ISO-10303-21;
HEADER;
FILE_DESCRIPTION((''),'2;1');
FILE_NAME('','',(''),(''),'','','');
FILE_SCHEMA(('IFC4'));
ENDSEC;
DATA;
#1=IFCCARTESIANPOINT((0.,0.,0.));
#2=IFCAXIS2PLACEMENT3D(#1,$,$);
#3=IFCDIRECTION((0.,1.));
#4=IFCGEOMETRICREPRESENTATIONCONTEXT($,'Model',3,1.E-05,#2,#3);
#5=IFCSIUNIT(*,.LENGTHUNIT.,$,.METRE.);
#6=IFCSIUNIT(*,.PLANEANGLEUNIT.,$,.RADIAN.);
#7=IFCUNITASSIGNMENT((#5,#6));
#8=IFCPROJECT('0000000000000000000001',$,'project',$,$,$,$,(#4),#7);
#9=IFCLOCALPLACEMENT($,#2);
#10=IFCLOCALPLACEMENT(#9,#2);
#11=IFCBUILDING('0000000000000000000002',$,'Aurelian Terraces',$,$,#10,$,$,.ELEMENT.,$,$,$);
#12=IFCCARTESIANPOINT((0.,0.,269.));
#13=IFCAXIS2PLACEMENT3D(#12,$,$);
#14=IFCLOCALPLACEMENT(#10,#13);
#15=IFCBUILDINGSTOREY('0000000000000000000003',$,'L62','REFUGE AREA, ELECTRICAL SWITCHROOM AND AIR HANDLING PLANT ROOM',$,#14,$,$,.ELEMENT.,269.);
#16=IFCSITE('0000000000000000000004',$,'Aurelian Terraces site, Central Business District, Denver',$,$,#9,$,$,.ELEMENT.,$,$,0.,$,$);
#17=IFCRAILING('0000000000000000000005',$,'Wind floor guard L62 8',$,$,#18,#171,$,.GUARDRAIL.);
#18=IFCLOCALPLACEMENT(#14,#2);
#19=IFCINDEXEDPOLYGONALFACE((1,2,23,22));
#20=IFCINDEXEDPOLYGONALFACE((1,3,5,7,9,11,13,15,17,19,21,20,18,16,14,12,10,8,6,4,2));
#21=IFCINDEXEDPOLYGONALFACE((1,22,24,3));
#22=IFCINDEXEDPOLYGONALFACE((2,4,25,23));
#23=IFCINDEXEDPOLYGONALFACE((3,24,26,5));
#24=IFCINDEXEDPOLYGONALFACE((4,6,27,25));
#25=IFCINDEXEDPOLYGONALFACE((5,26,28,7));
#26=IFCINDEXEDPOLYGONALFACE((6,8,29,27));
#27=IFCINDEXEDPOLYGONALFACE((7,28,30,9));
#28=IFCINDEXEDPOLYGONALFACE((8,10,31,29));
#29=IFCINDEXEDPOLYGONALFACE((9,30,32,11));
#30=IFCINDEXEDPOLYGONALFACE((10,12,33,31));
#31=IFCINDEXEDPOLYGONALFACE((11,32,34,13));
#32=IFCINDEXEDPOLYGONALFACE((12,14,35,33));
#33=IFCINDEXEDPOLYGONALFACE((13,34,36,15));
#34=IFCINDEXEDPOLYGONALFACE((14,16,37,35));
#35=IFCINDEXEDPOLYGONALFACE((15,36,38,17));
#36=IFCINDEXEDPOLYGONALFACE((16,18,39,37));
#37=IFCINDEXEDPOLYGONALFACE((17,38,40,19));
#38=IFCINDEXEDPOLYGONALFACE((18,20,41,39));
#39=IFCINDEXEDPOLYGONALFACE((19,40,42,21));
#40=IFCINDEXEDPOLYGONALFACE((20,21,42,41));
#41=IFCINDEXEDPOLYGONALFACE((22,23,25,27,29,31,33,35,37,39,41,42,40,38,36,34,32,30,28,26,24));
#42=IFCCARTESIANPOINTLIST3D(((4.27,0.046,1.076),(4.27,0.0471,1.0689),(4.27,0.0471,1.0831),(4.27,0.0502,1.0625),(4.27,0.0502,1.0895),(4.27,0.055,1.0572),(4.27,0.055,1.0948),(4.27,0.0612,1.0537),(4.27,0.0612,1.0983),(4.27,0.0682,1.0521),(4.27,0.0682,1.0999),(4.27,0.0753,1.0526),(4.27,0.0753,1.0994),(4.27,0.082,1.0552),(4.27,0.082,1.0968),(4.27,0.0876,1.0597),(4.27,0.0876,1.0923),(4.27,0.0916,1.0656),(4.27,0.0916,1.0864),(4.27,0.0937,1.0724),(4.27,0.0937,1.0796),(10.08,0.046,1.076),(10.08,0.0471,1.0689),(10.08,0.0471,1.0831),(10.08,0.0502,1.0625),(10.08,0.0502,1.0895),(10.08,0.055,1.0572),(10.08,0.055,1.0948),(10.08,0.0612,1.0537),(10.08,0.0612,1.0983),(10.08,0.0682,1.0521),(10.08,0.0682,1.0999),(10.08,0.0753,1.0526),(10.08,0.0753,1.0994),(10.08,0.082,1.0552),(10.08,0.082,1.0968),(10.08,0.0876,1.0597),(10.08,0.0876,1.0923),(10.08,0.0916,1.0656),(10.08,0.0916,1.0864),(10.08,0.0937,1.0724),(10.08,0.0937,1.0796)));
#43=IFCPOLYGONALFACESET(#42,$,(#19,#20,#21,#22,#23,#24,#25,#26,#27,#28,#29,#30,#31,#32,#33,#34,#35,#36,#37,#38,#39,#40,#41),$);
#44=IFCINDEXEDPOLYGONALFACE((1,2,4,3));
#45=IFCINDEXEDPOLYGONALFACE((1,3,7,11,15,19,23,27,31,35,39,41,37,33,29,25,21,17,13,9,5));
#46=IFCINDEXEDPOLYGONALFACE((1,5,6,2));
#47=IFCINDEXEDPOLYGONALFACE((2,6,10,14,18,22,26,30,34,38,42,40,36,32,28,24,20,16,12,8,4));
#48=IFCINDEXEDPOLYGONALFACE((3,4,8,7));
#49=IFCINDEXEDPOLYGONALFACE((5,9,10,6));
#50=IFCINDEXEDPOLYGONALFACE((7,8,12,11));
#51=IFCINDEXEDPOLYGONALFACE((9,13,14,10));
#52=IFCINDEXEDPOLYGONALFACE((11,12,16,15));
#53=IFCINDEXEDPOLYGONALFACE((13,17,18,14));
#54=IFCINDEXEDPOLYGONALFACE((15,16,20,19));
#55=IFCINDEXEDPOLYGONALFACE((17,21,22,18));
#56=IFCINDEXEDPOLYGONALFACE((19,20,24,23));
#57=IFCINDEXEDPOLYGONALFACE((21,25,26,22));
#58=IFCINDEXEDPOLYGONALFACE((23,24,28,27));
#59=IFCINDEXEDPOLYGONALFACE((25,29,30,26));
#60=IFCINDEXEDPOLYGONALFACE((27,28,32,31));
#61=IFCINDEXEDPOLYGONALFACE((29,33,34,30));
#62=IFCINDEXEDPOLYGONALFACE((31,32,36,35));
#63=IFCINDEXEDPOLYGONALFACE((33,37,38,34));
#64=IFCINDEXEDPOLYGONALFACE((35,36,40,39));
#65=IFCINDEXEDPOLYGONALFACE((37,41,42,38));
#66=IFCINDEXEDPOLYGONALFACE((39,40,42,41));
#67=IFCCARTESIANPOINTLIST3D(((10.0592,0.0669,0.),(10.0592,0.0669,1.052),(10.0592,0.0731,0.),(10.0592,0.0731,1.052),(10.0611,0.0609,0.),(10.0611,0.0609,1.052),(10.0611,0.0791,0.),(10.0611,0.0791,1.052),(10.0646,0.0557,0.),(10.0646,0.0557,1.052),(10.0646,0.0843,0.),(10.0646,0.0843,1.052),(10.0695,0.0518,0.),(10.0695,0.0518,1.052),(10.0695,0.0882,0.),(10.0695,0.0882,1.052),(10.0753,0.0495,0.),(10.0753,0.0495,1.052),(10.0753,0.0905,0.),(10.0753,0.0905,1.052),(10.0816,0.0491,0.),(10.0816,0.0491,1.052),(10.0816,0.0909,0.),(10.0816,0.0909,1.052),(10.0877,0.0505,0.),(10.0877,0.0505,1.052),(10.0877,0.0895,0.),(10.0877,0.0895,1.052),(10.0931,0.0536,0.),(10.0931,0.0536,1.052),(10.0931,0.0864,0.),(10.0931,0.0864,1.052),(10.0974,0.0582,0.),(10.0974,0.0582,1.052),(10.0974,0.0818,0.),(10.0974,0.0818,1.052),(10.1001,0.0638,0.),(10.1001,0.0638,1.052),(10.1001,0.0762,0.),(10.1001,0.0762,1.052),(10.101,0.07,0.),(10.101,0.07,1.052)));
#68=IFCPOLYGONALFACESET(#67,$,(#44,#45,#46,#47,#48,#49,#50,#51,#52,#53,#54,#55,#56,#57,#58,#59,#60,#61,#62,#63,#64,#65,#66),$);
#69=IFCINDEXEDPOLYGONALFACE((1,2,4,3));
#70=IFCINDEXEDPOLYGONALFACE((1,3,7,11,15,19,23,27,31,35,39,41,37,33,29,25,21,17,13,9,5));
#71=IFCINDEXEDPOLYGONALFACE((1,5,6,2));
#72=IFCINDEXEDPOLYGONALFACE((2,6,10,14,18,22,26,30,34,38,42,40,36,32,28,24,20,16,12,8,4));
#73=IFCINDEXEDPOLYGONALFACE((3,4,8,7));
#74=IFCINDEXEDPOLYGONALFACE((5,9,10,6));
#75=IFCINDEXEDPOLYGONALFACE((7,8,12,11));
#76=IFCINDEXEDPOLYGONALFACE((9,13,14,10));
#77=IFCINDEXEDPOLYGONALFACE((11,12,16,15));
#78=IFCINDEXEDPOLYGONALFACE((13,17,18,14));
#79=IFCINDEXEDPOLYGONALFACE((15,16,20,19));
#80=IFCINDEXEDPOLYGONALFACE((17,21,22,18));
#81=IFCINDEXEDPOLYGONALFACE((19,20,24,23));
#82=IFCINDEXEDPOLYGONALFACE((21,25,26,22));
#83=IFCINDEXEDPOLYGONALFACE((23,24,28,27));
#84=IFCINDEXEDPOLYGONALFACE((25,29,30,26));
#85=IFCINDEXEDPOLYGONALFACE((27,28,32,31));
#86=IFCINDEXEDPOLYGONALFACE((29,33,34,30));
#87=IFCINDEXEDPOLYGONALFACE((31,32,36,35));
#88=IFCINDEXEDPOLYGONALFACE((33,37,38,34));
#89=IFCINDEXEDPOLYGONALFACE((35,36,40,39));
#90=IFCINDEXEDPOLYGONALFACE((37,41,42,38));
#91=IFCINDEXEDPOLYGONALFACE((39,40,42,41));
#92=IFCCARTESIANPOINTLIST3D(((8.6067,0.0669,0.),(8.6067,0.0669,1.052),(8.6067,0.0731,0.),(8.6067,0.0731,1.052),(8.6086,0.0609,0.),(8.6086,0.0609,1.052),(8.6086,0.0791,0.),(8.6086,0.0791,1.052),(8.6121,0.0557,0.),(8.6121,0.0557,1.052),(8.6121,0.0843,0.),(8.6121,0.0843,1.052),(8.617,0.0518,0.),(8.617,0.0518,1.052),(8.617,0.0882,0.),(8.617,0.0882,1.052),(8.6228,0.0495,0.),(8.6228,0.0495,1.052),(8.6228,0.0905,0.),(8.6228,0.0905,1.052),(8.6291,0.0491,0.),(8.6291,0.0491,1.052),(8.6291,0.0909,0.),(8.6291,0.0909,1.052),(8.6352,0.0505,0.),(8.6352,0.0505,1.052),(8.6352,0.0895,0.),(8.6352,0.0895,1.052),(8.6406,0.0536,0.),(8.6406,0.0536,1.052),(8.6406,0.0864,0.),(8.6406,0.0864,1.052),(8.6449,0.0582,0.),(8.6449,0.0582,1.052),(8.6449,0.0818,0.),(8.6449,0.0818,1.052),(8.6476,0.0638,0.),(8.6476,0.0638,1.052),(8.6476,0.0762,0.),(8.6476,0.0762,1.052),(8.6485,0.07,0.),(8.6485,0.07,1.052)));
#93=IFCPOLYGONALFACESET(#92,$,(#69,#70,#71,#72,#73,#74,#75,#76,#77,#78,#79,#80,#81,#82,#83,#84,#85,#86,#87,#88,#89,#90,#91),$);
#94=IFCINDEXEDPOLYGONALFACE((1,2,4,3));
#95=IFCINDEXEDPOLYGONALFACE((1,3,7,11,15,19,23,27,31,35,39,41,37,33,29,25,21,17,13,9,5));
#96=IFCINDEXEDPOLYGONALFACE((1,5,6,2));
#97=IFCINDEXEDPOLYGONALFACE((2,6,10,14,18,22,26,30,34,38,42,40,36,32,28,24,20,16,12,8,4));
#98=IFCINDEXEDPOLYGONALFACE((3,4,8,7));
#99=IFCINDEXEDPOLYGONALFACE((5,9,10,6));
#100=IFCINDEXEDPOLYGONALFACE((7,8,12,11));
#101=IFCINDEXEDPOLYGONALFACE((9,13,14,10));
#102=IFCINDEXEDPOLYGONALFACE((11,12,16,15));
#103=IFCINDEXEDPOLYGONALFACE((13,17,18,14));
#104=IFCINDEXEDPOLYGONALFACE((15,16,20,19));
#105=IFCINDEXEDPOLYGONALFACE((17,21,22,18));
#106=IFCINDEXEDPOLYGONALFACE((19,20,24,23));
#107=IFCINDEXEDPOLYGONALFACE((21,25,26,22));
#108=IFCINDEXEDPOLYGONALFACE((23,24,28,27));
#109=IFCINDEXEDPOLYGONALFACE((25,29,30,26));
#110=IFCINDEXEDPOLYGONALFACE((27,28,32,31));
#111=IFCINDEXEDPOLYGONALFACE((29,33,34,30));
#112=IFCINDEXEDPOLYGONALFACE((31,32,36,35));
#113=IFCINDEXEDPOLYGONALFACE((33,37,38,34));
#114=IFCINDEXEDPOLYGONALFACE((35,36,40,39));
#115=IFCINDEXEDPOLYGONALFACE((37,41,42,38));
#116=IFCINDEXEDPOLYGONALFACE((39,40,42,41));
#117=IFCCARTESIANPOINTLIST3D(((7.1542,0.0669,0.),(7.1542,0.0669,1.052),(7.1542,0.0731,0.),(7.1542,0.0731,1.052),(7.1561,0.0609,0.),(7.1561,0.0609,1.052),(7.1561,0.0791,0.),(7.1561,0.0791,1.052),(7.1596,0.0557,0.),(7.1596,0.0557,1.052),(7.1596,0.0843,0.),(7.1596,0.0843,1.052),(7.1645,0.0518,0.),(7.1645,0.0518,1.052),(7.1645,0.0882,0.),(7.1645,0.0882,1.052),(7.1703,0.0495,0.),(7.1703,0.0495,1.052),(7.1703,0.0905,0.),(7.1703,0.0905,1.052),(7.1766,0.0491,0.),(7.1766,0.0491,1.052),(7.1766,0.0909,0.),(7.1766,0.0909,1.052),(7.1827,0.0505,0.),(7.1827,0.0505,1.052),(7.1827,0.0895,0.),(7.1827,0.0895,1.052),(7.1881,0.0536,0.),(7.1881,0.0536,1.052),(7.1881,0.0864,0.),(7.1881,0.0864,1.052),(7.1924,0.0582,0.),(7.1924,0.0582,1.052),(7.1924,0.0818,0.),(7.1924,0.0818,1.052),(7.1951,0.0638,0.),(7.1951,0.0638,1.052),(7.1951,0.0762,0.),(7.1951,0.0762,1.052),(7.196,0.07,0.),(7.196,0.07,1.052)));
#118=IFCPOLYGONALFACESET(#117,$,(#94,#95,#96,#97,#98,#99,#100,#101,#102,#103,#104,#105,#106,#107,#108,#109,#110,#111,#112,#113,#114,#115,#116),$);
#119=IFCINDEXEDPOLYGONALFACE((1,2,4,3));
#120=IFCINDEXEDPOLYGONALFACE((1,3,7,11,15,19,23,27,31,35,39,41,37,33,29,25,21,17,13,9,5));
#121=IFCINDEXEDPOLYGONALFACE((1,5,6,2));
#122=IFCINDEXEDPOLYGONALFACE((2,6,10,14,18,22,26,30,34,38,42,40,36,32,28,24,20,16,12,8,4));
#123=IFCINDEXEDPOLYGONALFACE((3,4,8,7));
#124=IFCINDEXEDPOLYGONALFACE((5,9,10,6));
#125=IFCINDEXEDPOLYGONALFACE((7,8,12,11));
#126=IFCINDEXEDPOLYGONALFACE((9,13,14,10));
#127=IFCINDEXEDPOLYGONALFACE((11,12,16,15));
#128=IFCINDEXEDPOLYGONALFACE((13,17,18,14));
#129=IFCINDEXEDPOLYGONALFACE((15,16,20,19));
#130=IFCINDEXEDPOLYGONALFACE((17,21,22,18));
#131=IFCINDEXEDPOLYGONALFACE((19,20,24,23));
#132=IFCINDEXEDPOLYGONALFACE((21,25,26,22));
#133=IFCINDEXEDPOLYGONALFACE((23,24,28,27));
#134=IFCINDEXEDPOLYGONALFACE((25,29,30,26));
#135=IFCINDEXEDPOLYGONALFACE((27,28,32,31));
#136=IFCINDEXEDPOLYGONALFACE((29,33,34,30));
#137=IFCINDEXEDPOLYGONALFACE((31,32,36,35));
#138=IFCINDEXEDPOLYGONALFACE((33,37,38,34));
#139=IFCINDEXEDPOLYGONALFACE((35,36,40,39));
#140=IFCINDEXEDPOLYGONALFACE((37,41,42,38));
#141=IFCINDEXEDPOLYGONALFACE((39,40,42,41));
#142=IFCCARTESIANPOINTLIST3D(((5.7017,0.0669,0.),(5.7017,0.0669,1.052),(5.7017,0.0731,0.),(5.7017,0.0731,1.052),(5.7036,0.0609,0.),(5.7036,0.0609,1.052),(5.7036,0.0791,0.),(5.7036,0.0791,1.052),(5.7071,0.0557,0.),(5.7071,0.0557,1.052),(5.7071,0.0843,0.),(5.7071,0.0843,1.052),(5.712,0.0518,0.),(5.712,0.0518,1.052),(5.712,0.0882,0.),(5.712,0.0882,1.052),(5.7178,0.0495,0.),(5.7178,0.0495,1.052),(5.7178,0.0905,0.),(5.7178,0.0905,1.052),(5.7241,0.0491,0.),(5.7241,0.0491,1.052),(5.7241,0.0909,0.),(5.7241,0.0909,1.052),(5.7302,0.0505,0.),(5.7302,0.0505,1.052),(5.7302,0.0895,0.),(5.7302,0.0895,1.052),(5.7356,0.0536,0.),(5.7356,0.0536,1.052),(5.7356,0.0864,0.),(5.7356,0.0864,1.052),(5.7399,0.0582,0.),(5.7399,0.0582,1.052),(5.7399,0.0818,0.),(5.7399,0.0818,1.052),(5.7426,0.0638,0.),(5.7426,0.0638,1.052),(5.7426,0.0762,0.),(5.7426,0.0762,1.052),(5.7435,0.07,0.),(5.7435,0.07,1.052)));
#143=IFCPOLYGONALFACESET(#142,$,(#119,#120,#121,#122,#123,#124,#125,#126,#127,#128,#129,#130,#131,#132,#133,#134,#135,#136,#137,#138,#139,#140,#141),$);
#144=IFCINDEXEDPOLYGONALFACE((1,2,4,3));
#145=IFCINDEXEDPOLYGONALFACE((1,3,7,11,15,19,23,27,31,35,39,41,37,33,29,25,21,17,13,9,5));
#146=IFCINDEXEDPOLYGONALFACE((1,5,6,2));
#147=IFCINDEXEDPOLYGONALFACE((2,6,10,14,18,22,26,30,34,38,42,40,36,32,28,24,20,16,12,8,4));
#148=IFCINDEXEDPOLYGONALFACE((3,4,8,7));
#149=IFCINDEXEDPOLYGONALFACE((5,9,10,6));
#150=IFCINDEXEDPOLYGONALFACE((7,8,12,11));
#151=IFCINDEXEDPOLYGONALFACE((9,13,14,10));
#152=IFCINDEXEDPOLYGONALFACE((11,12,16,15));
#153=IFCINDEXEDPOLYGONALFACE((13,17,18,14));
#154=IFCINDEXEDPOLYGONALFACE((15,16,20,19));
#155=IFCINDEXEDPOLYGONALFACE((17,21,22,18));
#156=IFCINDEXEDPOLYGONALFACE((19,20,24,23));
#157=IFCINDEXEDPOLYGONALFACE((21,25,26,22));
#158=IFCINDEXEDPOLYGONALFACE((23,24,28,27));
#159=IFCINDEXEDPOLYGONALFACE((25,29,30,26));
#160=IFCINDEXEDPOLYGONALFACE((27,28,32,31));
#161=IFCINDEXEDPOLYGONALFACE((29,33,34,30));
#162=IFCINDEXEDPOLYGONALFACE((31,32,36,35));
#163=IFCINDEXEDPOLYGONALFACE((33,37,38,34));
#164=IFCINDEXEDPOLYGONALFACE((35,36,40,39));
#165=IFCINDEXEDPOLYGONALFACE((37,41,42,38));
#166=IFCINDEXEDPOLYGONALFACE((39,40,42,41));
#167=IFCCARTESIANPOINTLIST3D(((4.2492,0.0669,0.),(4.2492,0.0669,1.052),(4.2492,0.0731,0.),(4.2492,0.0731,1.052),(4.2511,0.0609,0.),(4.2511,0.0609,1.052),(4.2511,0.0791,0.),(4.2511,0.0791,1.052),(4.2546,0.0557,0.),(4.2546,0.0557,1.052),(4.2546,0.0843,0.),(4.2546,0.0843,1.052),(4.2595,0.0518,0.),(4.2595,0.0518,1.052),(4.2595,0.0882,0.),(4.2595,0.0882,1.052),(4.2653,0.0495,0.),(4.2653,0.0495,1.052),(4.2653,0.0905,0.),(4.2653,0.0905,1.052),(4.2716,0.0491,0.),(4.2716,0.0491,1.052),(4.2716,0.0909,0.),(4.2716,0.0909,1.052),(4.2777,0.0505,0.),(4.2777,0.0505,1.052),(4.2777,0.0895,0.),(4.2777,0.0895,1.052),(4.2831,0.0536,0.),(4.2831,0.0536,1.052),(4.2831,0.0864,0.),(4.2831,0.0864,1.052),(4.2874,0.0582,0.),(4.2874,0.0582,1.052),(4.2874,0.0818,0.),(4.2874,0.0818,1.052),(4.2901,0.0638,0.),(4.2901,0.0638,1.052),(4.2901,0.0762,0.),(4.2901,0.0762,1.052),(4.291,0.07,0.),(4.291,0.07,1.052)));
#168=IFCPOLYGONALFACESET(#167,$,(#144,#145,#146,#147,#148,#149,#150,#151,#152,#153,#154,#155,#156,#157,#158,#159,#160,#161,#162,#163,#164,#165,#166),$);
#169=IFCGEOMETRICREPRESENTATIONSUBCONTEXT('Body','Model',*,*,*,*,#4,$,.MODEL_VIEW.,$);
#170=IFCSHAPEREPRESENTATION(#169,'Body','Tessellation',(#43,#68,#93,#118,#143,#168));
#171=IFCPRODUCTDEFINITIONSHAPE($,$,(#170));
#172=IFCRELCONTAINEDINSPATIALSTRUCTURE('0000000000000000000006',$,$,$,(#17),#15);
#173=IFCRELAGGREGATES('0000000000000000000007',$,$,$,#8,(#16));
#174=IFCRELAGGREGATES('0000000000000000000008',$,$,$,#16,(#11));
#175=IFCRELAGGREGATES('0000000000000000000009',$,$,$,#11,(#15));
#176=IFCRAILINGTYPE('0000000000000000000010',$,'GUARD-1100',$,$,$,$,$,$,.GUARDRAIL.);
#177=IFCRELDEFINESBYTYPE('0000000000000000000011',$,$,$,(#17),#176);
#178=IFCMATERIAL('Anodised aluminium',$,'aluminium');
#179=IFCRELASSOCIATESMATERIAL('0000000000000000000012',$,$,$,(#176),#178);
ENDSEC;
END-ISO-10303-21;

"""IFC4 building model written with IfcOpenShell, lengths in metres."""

from ifc_helpers import new_model, si_unit, direction, frame, origin, origin_2d, place, context, subcontext, project, spatial, circle, extrude, material, type_object, element, save


model = new_model("IFC4")

# Units and contexts
model_context = context("Model", 3, precision=1e-05, world=origin(), true_north=direction((0.0, 1.0)))
body_context = subcontext(model_context, "Body", "Model", "MODEL_VIEW")
ifc_project = project(units=[si_unit("LENGTHUNIT", "METRE"), si_unit("PLANEANGLEUNIT", "RADIAN")], contexts=[model_context])

# Site, building, storey
site_placement = place(None, origin())
site = spatial("IfcSite", under=ifc_project, at=site_placement, Name="Aurelian Terraces site, Central Business District, Denver", CompositionType="ELEMENT", RefElevation=0.0)
building_placement = place(site_placement, origin())
building = spatial("IfcBuilding", under=site, at=building_placement, Name="Aurelian Terraces", CompositionType="ELEMENT")
storey_placement = place(building_placement, frame((0.0, 0.0, 269.0)))
storey = spatial("IfcBuildingStorey", under=building, at=storey_placement, Name="L62", Description="REFUGE AREA, ELECTRICAL SWITCHROOM AND AIR HANDLING PLANT ROOM", CompositionType="ELEMENT", Elevation=269.0)

# Railing
ifc_material_1 = material(Name="Anodised aluminium", Category="aluminium")
railing_type = type_object("IfcRailingType", Name="GUARD-1100", PredefinedType="GUARDRAIL", material=ifc_material_1)
railing_1_placement = place(storey_placement, frame((10.08, 0.07, 0.0)))
element("IfcRailing", 1, at=railing_1_placement, inside=storey, type_object=railing_type, Name="Wind floor guard L62 8", PredefinedType="GUARDRAIL", context=body_context, shape_type="SweptSolid", body=[
    extrude(circle(Radius=0.024, at=origin_2d()), frame((0.0, 0.0, 1.076), z_axis=(-1.0, 0.0, 0.0), x_axis=(0.0, -1.0, 0.0)), (0.0, 0.0, 1.0), 5.81),
    extrude(circle(Radius=0.021, at=origin_2d()), origin(), (0.0, 0.0, 1.0), 1.052),
    extrude(circle(Radius=0.021, at=origin_2d()), frame((-1.4525, 0.0, 0.0)), (0.0, 0.0, 1.0), 1.052),
    extrude(circle(Radius=0.021, at=origin_2d()), frame((-2.905, 0.0, 0.0)), (0.0, 0.0, 1.0), 1.052),
    extrude(circle(Radius=0.021, at=origin_2d()), frame((-4.3575, 0.0, 0.0)), (0.0, 0.0, 1.0), 1.052),
    extrude(circle(Radius=0.021, at=origin_2d()), frame((-5.81, 0.0, 0.0)), (0.0, 0.0, 1.0), 1.052),
])

save(model, "model.ifc")
